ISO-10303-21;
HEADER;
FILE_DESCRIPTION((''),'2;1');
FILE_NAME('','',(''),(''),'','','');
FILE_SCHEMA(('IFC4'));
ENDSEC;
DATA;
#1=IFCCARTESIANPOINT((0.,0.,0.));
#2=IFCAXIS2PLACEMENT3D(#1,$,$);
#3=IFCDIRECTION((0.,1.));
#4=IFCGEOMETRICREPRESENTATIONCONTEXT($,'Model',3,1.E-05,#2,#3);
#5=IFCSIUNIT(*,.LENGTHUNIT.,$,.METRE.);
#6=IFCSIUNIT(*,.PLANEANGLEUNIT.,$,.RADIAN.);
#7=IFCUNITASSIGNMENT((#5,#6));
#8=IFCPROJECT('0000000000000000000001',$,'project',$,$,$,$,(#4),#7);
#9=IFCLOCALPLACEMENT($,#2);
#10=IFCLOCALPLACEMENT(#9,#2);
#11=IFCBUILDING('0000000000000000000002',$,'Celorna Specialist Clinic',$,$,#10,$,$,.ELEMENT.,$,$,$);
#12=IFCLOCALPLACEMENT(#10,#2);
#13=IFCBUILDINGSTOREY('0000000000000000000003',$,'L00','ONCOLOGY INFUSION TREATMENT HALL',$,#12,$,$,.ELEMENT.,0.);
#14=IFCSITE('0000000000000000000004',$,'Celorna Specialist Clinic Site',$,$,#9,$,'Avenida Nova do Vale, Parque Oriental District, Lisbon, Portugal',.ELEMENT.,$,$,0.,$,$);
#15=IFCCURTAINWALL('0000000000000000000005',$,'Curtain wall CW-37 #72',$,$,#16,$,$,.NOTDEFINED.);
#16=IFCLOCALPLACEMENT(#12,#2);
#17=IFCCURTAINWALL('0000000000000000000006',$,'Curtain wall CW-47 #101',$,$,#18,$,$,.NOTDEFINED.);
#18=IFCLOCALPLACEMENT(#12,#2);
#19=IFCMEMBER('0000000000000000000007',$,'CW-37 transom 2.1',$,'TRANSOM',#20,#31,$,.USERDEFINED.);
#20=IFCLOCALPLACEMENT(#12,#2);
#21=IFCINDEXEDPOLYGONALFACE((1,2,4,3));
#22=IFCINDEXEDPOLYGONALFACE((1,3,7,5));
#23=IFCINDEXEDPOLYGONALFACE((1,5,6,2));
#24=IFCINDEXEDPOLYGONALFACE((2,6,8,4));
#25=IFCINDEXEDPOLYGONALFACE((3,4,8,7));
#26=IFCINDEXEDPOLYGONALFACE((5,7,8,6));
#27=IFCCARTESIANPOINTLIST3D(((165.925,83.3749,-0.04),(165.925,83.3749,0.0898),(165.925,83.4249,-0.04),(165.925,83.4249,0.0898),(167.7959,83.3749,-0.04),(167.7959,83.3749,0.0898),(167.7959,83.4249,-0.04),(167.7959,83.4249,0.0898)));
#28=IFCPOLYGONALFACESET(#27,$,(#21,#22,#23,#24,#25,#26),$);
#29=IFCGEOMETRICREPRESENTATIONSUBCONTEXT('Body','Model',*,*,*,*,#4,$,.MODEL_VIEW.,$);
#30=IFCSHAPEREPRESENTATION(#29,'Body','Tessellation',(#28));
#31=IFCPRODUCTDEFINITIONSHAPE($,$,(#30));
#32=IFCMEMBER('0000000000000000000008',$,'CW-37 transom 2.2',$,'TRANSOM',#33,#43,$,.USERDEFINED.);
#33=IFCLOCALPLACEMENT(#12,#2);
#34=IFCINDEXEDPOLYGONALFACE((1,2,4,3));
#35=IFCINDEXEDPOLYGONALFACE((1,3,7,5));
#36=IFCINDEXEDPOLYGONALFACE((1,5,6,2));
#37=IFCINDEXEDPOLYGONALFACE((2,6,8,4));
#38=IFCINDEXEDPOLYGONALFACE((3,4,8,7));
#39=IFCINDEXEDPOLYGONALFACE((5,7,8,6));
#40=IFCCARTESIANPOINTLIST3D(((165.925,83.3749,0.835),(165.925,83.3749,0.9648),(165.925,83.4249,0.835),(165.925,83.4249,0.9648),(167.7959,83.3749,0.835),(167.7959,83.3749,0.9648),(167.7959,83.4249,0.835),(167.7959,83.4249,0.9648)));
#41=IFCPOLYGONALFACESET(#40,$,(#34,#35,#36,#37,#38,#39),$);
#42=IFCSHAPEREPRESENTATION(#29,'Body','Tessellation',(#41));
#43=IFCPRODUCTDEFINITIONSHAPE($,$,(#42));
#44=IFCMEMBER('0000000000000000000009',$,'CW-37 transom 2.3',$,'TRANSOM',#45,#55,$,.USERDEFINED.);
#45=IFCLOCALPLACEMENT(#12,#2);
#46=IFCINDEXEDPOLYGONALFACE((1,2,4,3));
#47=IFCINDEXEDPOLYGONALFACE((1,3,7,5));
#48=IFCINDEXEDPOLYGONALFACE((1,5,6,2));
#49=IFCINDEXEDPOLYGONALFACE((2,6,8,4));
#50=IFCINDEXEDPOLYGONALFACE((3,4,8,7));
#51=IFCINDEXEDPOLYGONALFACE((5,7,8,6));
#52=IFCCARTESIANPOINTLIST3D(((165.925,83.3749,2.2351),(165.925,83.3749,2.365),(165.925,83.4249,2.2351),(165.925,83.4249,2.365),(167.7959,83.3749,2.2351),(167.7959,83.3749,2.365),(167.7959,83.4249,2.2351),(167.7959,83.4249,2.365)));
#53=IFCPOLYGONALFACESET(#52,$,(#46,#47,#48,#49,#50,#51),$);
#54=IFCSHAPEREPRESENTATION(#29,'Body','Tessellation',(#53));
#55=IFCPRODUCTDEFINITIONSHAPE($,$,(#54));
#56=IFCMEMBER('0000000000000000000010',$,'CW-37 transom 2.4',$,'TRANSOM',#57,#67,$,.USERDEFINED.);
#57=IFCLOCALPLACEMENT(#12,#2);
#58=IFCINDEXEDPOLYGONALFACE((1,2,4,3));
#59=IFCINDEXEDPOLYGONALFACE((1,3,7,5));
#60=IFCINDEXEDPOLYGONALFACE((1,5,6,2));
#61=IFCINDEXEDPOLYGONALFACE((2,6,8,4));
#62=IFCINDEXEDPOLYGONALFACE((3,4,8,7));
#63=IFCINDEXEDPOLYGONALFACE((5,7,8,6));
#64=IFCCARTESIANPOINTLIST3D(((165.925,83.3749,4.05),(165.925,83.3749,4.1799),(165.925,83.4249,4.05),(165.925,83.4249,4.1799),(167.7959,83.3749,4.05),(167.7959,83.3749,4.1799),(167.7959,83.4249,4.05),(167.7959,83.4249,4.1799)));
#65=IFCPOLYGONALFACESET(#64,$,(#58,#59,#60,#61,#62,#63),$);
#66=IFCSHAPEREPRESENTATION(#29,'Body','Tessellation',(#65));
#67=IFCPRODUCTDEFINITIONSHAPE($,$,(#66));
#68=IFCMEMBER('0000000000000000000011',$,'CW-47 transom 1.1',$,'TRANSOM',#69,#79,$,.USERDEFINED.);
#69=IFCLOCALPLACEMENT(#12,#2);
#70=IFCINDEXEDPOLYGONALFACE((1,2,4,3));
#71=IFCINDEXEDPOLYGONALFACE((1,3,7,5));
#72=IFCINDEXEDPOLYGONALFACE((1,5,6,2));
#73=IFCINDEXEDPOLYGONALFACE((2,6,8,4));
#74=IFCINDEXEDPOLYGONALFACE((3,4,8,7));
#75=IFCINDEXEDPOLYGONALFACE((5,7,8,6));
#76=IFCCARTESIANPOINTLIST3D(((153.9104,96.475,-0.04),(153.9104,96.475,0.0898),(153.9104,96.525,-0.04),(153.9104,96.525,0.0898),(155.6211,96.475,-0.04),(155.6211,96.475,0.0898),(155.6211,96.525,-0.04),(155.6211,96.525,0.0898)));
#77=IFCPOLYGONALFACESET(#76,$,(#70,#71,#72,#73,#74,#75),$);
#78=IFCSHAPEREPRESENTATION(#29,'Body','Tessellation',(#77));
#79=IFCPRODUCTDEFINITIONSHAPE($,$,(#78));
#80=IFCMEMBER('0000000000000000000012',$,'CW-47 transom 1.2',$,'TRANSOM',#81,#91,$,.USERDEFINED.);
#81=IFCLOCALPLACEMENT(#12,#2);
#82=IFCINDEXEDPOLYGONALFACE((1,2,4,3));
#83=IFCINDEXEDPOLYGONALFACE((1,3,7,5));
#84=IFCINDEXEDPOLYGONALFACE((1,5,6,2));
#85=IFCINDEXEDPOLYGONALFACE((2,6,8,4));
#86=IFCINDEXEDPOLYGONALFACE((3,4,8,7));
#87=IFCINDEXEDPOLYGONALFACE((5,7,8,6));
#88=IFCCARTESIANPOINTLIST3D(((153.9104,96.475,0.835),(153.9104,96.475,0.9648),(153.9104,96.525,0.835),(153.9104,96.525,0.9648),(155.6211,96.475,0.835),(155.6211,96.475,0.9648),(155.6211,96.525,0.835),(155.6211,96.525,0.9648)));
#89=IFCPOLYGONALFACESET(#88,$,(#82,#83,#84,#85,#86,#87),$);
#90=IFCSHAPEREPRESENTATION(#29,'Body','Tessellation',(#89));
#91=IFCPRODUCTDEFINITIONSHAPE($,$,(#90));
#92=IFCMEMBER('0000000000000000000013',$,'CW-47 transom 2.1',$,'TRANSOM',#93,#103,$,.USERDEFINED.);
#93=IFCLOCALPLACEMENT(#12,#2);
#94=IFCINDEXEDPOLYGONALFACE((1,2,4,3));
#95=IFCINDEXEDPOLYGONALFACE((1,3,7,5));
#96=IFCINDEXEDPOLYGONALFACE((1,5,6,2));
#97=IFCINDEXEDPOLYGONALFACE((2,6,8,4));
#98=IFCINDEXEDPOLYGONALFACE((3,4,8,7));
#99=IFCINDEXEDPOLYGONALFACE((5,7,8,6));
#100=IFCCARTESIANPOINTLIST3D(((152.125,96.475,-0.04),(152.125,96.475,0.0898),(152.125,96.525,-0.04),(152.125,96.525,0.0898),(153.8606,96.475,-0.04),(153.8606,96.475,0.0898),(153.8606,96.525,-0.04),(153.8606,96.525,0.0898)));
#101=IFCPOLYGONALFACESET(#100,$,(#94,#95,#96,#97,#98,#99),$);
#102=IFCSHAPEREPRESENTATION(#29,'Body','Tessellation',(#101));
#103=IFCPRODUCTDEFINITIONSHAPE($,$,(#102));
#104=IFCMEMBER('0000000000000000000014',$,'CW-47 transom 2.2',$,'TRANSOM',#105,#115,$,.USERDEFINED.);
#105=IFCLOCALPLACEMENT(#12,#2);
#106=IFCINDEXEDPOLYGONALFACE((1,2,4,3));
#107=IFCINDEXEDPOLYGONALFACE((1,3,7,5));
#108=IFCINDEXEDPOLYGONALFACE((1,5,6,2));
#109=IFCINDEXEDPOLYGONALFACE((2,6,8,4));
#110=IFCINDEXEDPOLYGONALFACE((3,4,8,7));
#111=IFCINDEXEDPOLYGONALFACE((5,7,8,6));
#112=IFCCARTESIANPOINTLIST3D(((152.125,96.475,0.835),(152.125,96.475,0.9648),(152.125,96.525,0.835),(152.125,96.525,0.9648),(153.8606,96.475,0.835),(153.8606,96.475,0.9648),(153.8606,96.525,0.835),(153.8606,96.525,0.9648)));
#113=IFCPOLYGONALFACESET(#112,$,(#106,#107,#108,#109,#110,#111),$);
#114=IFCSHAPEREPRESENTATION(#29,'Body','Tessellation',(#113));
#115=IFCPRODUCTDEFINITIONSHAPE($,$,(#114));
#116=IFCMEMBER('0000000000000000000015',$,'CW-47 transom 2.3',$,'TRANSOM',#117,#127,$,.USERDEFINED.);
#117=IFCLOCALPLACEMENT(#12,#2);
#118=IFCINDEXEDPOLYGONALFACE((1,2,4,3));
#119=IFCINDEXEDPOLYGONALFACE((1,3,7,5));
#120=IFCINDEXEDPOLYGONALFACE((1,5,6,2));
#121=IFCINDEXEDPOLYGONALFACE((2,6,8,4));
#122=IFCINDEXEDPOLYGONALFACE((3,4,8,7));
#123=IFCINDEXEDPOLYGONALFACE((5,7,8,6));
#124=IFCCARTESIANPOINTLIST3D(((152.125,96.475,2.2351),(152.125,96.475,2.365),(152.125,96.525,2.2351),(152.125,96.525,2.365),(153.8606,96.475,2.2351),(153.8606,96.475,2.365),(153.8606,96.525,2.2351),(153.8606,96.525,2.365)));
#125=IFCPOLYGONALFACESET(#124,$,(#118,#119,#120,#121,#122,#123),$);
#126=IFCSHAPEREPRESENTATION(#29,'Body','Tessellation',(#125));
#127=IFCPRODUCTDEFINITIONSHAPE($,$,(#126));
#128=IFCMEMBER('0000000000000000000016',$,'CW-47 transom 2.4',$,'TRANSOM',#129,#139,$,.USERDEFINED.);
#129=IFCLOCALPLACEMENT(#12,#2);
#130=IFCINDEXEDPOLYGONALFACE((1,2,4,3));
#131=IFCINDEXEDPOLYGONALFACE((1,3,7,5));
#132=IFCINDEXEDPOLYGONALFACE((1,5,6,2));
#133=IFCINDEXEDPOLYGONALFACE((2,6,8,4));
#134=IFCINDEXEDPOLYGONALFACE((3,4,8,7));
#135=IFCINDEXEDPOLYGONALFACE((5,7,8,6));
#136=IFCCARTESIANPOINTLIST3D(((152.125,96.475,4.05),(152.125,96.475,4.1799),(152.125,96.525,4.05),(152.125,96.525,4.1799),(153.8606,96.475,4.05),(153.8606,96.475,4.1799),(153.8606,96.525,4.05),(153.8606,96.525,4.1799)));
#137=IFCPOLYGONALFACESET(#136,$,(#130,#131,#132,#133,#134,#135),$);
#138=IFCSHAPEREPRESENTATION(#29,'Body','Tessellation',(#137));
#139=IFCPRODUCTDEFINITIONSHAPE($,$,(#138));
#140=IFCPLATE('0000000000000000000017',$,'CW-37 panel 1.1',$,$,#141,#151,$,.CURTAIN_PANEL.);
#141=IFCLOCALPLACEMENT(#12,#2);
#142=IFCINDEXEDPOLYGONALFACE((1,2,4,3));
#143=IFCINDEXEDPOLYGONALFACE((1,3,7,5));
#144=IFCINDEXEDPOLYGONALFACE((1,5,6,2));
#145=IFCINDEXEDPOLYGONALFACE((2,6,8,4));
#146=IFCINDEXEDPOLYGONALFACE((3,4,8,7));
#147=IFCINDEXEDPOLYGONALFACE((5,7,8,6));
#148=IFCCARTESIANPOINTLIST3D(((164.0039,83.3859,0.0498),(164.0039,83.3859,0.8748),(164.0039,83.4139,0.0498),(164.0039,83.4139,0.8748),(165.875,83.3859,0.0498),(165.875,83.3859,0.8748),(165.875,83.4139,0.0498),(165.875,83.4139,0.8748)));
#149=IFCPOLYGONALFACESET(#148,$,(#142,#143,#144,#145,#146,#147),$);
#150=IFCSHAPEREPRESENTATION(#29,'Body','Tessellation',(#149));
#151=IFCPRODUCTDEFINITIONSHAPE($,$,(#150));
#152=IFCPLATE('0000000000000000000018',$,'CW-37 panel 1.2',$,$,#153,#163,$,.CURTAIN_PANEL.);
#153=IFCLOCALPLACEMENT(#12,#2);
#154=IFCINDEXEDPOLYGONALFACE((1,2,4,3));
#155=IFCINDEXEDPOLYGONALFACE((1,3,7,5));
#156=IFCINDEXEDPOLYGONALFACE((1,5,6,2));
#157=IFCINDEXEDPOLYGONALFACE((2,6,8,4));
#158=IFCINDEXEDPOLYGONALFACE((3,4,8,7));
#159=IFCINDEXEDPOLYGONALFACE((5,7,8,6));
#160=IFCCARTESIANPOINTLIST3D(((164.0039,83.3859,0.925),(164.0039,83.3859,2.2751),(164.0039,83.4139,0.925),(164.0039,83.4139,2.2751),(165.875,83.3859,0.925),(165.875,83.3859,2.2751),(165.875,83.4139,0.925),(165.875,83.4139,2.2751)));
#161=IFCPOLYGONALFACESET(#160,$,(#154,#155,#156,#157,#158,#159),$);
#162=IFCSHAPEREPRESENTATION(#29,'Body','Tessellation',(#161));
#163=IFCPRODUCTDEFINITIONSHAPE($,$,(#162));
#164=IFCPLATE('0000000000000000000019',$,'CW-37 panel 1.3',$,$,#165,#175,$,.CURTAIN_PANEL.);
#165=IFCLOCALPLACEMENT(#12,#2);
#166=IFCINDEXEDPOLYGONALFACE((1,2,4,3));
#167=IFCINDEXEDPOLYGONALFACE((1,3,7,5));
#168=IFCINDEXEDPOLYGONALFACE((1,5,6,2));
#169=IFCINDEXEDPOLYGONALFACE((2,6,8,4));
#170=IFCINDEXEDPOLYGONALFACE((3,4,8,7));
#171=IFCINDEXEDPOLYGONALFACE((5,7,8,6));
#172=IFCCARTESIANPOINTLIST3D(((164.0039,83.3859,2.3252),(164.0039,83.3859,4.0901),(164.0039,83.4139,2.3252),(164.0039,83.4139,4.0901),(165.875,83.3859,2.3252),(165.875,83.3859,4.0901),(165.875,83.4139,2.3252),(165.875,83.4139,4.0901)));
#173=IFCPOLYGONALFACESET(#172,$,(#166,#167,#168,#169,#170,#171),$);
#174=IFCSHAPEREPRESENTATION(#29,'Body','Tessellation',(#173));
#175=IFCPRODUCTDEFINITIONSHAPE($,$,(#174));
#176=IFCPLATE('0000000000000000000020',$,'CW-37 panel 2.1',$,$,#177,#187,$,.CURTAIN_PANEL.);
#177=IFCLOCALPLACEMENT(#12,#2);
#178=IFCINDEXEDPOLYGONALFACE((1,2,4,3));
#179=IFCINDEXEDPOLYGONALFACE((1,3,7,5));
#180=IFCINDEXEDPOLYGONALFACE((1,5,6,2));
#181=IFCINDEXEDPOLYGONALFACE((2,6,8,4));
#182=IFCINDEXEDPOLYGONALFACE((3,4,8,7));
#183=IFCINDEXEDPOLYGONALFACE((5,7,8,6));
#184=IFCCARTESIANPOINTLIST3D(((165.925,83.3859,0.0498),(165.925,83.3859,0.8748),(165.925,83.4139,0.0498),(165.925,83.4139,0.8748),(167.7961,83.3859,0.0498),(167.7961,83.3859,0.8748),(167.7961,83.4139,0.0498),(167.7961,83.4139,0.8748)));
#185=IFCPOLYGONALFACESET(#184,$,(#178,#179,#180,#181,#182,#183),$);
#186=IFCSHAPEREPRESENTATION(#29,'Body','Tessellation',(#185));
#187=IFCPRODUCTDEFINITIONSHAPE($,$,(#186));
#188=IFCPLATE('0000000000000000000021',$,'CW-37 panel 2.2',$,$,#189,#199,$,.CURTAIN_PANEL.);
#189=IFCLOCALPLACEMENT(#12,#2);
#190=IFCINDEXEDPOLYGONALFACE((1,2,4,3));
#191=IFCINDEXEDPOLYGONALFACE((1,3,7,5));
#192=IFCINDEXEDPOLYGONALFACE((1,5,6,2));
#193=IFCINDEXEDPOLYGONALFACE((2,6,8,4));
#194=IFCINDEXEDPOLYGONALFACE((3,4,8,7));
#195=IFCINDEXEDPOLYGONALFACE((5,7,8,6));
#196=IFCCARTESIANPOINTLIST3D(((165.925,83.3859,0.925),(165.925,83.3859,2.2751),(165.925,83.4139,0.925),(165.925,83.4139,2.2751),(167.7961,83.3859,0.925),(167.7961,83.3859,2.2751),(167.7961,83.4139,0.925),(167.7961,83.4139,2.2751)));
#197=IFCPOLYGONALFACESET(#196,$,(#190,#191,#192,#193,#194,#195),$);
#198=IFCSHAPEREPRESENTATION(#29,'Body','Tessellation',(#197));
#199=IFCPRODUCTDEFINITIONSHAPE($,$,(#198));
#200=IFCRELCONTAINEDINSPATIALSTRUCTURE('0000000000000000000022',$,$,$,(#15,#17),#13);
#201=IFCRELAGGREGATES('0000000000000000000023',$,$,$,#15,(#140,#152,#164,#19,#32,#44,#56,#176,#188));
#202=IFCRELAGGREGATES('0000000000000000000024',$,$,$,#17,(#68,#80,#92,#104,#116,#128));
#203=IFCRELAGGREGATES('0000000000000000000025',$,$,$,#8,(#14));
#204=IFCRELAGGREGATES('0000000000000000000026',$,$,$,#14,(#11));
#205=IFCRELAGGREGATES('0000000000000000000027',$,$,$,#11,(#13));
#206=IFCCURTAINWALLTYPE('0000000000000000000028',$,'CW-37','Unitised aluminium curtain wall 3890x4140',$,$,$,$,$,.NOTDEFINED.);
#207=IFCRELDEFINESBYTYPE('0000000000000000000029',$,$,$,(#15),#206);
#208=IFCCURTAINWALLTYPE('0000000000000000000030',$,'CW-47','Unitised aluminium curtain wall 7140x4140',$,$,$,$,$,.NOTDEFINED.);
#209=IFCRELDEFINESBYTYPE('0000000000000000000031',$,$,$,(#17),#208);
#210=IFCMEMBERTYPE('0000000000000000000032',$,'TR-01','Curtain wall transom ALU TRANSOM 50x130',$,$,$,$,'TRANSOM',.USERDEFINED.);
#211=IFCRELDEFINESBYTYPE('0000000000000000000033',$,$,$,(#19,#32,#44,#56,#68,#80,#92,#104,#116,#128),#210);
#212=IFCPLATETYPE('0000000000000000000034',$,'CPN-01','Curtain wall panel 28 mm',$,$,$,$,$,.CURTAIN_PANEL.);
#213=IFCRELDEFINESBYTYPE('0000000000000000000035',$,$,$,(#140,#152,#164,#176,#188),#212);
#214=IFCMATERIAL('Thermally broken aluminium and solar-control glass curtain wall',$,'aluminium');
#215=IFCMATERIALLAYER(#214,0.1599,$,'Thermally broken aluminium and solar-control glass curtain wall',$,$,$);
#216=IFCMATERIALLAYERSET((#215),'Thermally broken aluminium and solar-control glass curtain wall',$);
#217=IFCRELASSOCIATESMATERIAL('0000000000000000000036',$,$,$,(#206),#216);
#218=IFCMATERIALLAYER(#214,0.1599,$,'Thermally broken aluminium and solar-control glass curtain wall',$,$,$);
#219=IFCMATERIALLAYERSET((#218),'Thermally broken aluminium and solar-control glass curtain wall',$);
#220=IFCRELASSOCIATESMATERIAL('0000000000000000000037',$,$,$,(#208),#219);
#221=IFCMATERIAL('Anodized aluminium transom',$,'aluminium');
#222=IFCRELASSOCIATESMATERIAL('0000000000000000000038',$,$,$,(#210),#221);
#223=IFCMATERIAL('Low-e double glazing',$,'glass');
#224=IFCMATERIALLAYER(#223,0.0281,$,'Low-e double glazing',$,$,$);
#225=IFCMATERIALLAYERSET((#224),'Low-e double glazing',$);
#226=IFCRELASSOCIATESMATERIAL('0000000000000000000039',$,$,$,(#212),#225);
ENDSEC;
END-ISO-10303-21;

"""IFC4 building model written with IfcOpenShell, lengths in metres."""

from ifc_helpers import new_model, si_unit, direction, frame, origin, origin_2d, place, context, subcontext, project, spatial, rectangle, extrude, material, layer, layer_set, material_profile, profile_set, type_object, element, aggregate, save


model = new_model("IFC4")

# Units and contexts
model_context = context("Model", 3, precision=1e-05, world=origin(), true_north=direction((0.0, 1.0)))
body_context = subcontext(model_context, "Body", "Model", "MODEL_VIEW")
ifc_project = project(units=[si_unit("LENGTHUNIT", "METRE"), si_unit("PLANEANGLEUNIT", "RADIAN")], contexts=[model_context])

# Site, building, storey
site_placement = place(None, origin())
site = spatial("IfcSite", under=ifc_project, at=site_placement, Name="Celorna Specialist Clinic Site", LongName="Avenida Nova do Vale, Parque Oriental District, Lisbon, Portugal", CompositionType="ELEMENT", RefElevation=0.0)
building_placement = place(site_placement, origin())
building = spatial("IfcBuilding", under=site, at=building_placement, Name="Celorna Specialist Clinic", CompositionType="ELEMENT")
storey_placement = place(building_placement, origin())
storey = spatial("IfcBuildingStorey", under=building, at=storey_placement, Name="L00", Description="ONCOLOGY INFUSION TREATMENT HALL", CompositionType="ELEMENT", Elevation=0.0)

# Curtain wall
ifc_material_1 = material(Name="Thermally broken aluminium and solar-control glass curtain wall", Category="aluminium")
ifc_layer_1 = layer(ifc_material_1, 0.1599, Name="Thermally broken aluminium and solar-control glass curtain wall")
ifc_layer_set_1 = layer_set([ifc_layer_1], Name="Thermally broken aluminium and solar-control glass curtain wall")
curtain_wall_type_1 = type_object("IfcCurtainWallType", Name="CW-37", Description="Unitised aluminium curtain wall 3890x4140", PredefinedType="NOTDEFINED", material=ifc_layer_set_1)
curtain_wall_1_placement = place(storey_placement, origin())
curtain_wall_1 = element("IfcCurtainWall", 1, at=curtain_wall_1_placement, inside=storey, type_object=curtain_wall_type_1, Name="Curtain wall CW-37 #72", PredefinedType="NOTDEFINED")

# Curtain wall
ifc_layer_2 = layer(ifc_material_1, 0.1599, Name="Thermally broken aluminium and solar-control glass curtain wall")
ifc_layer_set_2 = layer_set([ifc_layer_2], Name="Thermally broken aluminium and solar-control glass curtain wall")
curtain_wall_type_2 = type_object("IfcCurtainWallType", Name="CW-47", Description="Unitised aluminium curtain wall 7140x4140", PredefinedType="NOTDEFINED", material=ifc_layer_set_2)
curtain_wall_2_placement = place(storey_placement, origin())
curtain_wall_2 = element("IfcCurtainWall", 2, at=curtain_wall_2_placement, inside=storey, type_object=curtain_wall_type_2, Name="Curtain wall CW-47 #101", PredefinedType="NOTDEFINED")

# Members
ifc_material_2 = material(Name="Anodized aluminium transom", Category="aluminium")
ifc_material_profile_1 = material_profile(ifc_material_2, rectangle(XDim=0.05, YDim=0.1299, at=origin_2d()), Name="ALU TRANSOM 50x130")
ifc_profile_set_1 = profile_set([ifc_material_profile_1], Name="Anodized aluminium transom")
member_type_1 = type_object("IfcMemberType", Name="TR-01", Description="Curtain wall transom ALU TRANSOM 50x130", ElementType="TRANSOM", PredefinedType="USERDEFINED", material=ifc_profile_set_1)
member_1_placement = place(storey_placement, frame((165.925, 83.3999, 0.0249), z_axis=(1.0, 0.0, 0.0), x_axis=(0.0, 1.0, 0.0)))
member_1 = element("IfcMember", 3, at=member_1_placement, type_object=member_type_1, Name="CW-37 transom 2.1", ObjectType="TRANSOM", PredefinedType="USERDEFINED", context=body_context, shape_type="SweptSolid", body=[
    extrude(rectangle(XDim=0.05, YDim=0.1299, at=origin_2d()), origin(), (0.0, 0.0, 1.0), 1.8708),
])
member_2_placement = place(storey_placement, frame((165.925, 83.3999, 0.8999), z_axis=(1.0, 0.0, 0.0), x_axis=(0.0, 1.0, 0.0)))
member_2 = element("IfcMember", 4, at=member_2_placement, type_object=member_type_1, Name="CW-37 transom 2.2", ObjectType="TRANSOM", PredefinedType="USERDEFINED", context=body_context, shape_type="SweptSolid", body=[
    extrude(rectangle(XDim=0.05, YDim=0.1299, at=origin_2d()), origin(), (0.0, 0.0, 1.0), 1.8708),
])
member_3_placement = place(storey_placement, frame((165.925, 83.3999, 2.3), z_axis=(1.0, 0.0, 0.0), x_axis=(0.0, 1.0, 0.0)))
member_3 = element("IfcMember", 5, at=member_3_placement, type_object=member_type_1, Name="CW-37 transom 2.3", ObjectType="TRANSOM", PredefinedType="USERDEFINED", context=body_context, shape_type="SweptSolid", body=[
    extrude(rectangle(XDim=0.05, YDim=0.1299, at=origin_2d()), origin(), (0.0, 0.0, 1.0), 1.8708),
])
member_4_placement = place(storey_placement, frame((165.925, 83.3999, 4.115), z_axis=(1.0, 0.0, 0.0), x_axis=(0.0, 1.0, 0.0)))
member_4 = element("IfcMember", 6, at=member_4_placement, type_object=member_type_1, Name="CW-37 transom 2.4", ObjectType="TRANSOM", PredefinedType="USERDEFINED", context=body_context, shape_type="SweptSolid", body=[
    extrude(rectangle(XDim=0.05, YDim=0.1299, at=origin_2d()), origin(), (0.0, 0.0, 1.0), 1.8708),
])
member_5_placement = place(storey_placement, frame((155.6211, 96.5, 0.0249), z_axis=(-1.0, 0.0, 0.0), x_axis=(0.0, -1.0, 0.0)))
member_5 = element("IfcMember", 7, at=member_5_placement, type_object=member_type_1, Name="CW-47 transom 1.1", ObjectType="TRANSOM", PredefinedType="USERDEFINED", context=body_context, shape_type="SweptSolid", body=[
    extrude(rectangle(XDim=0.05, YDim=0.1299, at=origin_2d()), origin(), (0.0, 0.0, 1.0), 1.7107),
])
member_6_placement = place(storey_placement, frame((155.6211, 96.5, 0.8999), z_axis=(-1.0, 0.0, 0.0), x_axis=(0.0, -1.0, 0.0)))
member_6 = element("IfcMember", 8, at=member_6_placement, type_object=member_type_1, Name="CW-47 transom 1.2", ObjectType="TRANSOM", PredefinedType="USERDEFINED", context=body_context, shape_type="SweptSolid", body=[
    extrude(rectangle(XDim=0.05, YDim=0.1299, at=origin_2d()), origin(), (0.0, 0.0, 1.0), 1.7107),
])
member_7_placement = place(storey_placement, frame((153.8606, 96.5, 0.0249), z_axis=(-1.0, 0.0, 0.0), x_axis=(0.0, -1.0, 0.0)))
member_7 = element("IfcMember", 9, at=member_7_placement, type_object=member_type_1, Name="CW-47 transom 2.1", ObjectType="TRANSOM", PredefinedType="USERDEFINED", context=body_context, shape_type="SweptSolid", body=[
    extrude(rectangle(XDim=0.05, YDim=0.1299, at=origin_2d()), origin(), (0.0, 0.0, 1.0), 1.7356),
])
member_8_placement = place(storey_placement, frame((153.8606, 96.5, 0.8999), z_axis=(-1.0, 0.0, 0.0), x_axis=(0.0, -1.0, 0.0)))
member_8 = element("IfcMember", 10, at=member_8_placement, type_object=member_type_1, Name="CW-47 transom 2.2", ObjectType="TRANSOM", PredefinedType="USERDEFINED", context=body_context, shape_type="SweptSolid", body=[
    extrude(rectangle(XDim=0.05, YDim=0.1299, at=origin_2d()), origin(), (0.0, 0.0, 1.0), 1.7356),
])
member_9_placement = place(storey_placement, frame((153.8606, 96.5, 2.3), z_axis=(-1.0, 0.0, 0.0), x_axis=(0.0, -1.0, 0.0)))
member_9 = element("IfcMember", 11, at=member_9_placement, type_object=member_type_1, Name="CW-47 transom 2.3", ObjectType="TRANSOM", PredefinedType="USERDEFINED", context=body_context, shape_type="SweptSolid", body=[
    extrude(rectangle(XDim=0.05, YDim=0.1299, at=origin_2d()), origin(), (0.0, 0.0, 1.0), 1.7356),
])
member_10_placement = place(storey_placement, frame((153.8606, 96.5, 4.115), z_axis=(-1.0, 0.0, 0.0), x_axis=(0.0, -1.0, 0.0)))
member_10 = element("IfcMember", 12, at=member_10_placement, type_object=member_type_1, Name="CW-47 transom 2.4", ObjectType="TRANSOM", PredefinedType="USERDEFINED", context=body_context, shape_type="SweptSolid", body=[
    extrude(rectangle(XDim=0.05, YDim=0.1299, at=origin_2d()), origin(), (0.0, 0.0, 1.0), 1.7356),
])

# Plates
ifc_material_3 = material(Name="Low-e double glazing", Category="glass")
ifc_layer_3 = layer(ifc_material_3, 0.0281, Name="Low-e double glazing")
ifc_layer_set_3 = layer_set([ifc_layer_3], Name="Low-e double glazing")
plate_type_1 = type_object("IfcPlateType", Name="CPN-01", Description="Curtain wall panel 28 mm", PredefinedType="CURTAIN_PANEL", material=ifc_layer_set_3)
plate_1_placement = place(storey_placement, frame((164.9395, 83.3999, 0.0498), z_axis=(0.0, 0.0, 1.0), x_axis=(1.0, 0.0, 0.0)))
plate_1 = element("IfcPlate", 13, at=plate_1_placement, type_object=plate_type_1, Name="CW-37 panel 1.1", PredefinedType="CURTAIN_PANEL", context=body_context, shape_type="SweptSolid", body=[
    extrude(rectangle(XDim=1.8711, YDim=0.0281, at=origin_2d()), origin(), (0.0, 0.0, 1.0), 0.825),
])
plate_2_placement = place(storey_placement, frame((164.9395, 83.3999, 0.925), z_axis=(0.0, 0.0, 1.0), x_axis=(1.0, 0.0, 0.0)))
plate_2 = element("IfcPlate", 14, at=plate_2_placement, type_object=plate_type_1, Name="CW-37 panel 1.2", PredefinedType="CURTAIN_PANEL", context=body_context, shape_type="SweptSolid", body=[
    extrude(rectangle(XDim=1.8711, YDim=0.0281, at=origin_2d()), origin(), (0.0, 0.0, 1.0), 1.3501),
])
plate_3_placement = place(storey_placement, frame((164.9395, 83.3999, 2.3252), z_axis=(0.0, 0.0, 1.0), x_axis=(1.0, 0.0, 0.0)))
plate_3 = element("IfcPlate", 15, at=plate_3_placement, type_object=plate_type_1, Name="CW-37 panel 1.3", PredefinedType="CURTAIN_PANEL", context=body_context, shape_type="SweptSolid", body=[
    extrude(rectangle(XDim=1.8711, YDim=0.0281, at=origin_2d()), origin(), (0.0, 0.0, 1.0), 1.7649),
])
plate_4_placement = place(storey_placement, frame((166.8606, 83.3999, 0.0498), z_axis=(0.0, 0.0, 1.0), x_axis=(1.0, 0.0, 0.0)))
plate_4 = element("IfcPlate", 16, at=plate_4_placement, type_object=plate_type_1, Name="CW-37 panel 2.1", PredefinedType="CURTAIN_PANEL", context=body_context, shape_type="SweptSolid", body=[
    extrude(rectangle(XDim=1.8711, YDim=0.0281, at=origin_2d()), origin(), (0.0, 0.0, 1.0), 0.825),
])
plate_5_placement = place(storey_placement, frame((166.8606, 83.3999, 0.925), z_axis=(0.0, 0.0, 1.0), x_axis=(1.0, 0.0, 0.0)))
plate_5 = element("IfcPlate", 17, at=plate_5_placement, type_object=plate_type_1, Name="CW-37 panel 2.2", PredefinedType="CURTAIN_PANEL", context=body_context, shape_type="SweptSolid", body=[
    extrude(rectangle(XDim=1.8711, YDim=0.0281, at=origin_2d()), origin(), (0.0, 0.0, 1.0), 1.3501),
])
aggregate(curtain_wall_1, [plate_1, plate_2, plate_3, member_1, member_2, member_3, member_4, plate_4, plate_5])
aggregate(curtain_wall_2, [member_5, member_6, member_7, member_8, member_9, member_10])

save(model, "model.ifc")
